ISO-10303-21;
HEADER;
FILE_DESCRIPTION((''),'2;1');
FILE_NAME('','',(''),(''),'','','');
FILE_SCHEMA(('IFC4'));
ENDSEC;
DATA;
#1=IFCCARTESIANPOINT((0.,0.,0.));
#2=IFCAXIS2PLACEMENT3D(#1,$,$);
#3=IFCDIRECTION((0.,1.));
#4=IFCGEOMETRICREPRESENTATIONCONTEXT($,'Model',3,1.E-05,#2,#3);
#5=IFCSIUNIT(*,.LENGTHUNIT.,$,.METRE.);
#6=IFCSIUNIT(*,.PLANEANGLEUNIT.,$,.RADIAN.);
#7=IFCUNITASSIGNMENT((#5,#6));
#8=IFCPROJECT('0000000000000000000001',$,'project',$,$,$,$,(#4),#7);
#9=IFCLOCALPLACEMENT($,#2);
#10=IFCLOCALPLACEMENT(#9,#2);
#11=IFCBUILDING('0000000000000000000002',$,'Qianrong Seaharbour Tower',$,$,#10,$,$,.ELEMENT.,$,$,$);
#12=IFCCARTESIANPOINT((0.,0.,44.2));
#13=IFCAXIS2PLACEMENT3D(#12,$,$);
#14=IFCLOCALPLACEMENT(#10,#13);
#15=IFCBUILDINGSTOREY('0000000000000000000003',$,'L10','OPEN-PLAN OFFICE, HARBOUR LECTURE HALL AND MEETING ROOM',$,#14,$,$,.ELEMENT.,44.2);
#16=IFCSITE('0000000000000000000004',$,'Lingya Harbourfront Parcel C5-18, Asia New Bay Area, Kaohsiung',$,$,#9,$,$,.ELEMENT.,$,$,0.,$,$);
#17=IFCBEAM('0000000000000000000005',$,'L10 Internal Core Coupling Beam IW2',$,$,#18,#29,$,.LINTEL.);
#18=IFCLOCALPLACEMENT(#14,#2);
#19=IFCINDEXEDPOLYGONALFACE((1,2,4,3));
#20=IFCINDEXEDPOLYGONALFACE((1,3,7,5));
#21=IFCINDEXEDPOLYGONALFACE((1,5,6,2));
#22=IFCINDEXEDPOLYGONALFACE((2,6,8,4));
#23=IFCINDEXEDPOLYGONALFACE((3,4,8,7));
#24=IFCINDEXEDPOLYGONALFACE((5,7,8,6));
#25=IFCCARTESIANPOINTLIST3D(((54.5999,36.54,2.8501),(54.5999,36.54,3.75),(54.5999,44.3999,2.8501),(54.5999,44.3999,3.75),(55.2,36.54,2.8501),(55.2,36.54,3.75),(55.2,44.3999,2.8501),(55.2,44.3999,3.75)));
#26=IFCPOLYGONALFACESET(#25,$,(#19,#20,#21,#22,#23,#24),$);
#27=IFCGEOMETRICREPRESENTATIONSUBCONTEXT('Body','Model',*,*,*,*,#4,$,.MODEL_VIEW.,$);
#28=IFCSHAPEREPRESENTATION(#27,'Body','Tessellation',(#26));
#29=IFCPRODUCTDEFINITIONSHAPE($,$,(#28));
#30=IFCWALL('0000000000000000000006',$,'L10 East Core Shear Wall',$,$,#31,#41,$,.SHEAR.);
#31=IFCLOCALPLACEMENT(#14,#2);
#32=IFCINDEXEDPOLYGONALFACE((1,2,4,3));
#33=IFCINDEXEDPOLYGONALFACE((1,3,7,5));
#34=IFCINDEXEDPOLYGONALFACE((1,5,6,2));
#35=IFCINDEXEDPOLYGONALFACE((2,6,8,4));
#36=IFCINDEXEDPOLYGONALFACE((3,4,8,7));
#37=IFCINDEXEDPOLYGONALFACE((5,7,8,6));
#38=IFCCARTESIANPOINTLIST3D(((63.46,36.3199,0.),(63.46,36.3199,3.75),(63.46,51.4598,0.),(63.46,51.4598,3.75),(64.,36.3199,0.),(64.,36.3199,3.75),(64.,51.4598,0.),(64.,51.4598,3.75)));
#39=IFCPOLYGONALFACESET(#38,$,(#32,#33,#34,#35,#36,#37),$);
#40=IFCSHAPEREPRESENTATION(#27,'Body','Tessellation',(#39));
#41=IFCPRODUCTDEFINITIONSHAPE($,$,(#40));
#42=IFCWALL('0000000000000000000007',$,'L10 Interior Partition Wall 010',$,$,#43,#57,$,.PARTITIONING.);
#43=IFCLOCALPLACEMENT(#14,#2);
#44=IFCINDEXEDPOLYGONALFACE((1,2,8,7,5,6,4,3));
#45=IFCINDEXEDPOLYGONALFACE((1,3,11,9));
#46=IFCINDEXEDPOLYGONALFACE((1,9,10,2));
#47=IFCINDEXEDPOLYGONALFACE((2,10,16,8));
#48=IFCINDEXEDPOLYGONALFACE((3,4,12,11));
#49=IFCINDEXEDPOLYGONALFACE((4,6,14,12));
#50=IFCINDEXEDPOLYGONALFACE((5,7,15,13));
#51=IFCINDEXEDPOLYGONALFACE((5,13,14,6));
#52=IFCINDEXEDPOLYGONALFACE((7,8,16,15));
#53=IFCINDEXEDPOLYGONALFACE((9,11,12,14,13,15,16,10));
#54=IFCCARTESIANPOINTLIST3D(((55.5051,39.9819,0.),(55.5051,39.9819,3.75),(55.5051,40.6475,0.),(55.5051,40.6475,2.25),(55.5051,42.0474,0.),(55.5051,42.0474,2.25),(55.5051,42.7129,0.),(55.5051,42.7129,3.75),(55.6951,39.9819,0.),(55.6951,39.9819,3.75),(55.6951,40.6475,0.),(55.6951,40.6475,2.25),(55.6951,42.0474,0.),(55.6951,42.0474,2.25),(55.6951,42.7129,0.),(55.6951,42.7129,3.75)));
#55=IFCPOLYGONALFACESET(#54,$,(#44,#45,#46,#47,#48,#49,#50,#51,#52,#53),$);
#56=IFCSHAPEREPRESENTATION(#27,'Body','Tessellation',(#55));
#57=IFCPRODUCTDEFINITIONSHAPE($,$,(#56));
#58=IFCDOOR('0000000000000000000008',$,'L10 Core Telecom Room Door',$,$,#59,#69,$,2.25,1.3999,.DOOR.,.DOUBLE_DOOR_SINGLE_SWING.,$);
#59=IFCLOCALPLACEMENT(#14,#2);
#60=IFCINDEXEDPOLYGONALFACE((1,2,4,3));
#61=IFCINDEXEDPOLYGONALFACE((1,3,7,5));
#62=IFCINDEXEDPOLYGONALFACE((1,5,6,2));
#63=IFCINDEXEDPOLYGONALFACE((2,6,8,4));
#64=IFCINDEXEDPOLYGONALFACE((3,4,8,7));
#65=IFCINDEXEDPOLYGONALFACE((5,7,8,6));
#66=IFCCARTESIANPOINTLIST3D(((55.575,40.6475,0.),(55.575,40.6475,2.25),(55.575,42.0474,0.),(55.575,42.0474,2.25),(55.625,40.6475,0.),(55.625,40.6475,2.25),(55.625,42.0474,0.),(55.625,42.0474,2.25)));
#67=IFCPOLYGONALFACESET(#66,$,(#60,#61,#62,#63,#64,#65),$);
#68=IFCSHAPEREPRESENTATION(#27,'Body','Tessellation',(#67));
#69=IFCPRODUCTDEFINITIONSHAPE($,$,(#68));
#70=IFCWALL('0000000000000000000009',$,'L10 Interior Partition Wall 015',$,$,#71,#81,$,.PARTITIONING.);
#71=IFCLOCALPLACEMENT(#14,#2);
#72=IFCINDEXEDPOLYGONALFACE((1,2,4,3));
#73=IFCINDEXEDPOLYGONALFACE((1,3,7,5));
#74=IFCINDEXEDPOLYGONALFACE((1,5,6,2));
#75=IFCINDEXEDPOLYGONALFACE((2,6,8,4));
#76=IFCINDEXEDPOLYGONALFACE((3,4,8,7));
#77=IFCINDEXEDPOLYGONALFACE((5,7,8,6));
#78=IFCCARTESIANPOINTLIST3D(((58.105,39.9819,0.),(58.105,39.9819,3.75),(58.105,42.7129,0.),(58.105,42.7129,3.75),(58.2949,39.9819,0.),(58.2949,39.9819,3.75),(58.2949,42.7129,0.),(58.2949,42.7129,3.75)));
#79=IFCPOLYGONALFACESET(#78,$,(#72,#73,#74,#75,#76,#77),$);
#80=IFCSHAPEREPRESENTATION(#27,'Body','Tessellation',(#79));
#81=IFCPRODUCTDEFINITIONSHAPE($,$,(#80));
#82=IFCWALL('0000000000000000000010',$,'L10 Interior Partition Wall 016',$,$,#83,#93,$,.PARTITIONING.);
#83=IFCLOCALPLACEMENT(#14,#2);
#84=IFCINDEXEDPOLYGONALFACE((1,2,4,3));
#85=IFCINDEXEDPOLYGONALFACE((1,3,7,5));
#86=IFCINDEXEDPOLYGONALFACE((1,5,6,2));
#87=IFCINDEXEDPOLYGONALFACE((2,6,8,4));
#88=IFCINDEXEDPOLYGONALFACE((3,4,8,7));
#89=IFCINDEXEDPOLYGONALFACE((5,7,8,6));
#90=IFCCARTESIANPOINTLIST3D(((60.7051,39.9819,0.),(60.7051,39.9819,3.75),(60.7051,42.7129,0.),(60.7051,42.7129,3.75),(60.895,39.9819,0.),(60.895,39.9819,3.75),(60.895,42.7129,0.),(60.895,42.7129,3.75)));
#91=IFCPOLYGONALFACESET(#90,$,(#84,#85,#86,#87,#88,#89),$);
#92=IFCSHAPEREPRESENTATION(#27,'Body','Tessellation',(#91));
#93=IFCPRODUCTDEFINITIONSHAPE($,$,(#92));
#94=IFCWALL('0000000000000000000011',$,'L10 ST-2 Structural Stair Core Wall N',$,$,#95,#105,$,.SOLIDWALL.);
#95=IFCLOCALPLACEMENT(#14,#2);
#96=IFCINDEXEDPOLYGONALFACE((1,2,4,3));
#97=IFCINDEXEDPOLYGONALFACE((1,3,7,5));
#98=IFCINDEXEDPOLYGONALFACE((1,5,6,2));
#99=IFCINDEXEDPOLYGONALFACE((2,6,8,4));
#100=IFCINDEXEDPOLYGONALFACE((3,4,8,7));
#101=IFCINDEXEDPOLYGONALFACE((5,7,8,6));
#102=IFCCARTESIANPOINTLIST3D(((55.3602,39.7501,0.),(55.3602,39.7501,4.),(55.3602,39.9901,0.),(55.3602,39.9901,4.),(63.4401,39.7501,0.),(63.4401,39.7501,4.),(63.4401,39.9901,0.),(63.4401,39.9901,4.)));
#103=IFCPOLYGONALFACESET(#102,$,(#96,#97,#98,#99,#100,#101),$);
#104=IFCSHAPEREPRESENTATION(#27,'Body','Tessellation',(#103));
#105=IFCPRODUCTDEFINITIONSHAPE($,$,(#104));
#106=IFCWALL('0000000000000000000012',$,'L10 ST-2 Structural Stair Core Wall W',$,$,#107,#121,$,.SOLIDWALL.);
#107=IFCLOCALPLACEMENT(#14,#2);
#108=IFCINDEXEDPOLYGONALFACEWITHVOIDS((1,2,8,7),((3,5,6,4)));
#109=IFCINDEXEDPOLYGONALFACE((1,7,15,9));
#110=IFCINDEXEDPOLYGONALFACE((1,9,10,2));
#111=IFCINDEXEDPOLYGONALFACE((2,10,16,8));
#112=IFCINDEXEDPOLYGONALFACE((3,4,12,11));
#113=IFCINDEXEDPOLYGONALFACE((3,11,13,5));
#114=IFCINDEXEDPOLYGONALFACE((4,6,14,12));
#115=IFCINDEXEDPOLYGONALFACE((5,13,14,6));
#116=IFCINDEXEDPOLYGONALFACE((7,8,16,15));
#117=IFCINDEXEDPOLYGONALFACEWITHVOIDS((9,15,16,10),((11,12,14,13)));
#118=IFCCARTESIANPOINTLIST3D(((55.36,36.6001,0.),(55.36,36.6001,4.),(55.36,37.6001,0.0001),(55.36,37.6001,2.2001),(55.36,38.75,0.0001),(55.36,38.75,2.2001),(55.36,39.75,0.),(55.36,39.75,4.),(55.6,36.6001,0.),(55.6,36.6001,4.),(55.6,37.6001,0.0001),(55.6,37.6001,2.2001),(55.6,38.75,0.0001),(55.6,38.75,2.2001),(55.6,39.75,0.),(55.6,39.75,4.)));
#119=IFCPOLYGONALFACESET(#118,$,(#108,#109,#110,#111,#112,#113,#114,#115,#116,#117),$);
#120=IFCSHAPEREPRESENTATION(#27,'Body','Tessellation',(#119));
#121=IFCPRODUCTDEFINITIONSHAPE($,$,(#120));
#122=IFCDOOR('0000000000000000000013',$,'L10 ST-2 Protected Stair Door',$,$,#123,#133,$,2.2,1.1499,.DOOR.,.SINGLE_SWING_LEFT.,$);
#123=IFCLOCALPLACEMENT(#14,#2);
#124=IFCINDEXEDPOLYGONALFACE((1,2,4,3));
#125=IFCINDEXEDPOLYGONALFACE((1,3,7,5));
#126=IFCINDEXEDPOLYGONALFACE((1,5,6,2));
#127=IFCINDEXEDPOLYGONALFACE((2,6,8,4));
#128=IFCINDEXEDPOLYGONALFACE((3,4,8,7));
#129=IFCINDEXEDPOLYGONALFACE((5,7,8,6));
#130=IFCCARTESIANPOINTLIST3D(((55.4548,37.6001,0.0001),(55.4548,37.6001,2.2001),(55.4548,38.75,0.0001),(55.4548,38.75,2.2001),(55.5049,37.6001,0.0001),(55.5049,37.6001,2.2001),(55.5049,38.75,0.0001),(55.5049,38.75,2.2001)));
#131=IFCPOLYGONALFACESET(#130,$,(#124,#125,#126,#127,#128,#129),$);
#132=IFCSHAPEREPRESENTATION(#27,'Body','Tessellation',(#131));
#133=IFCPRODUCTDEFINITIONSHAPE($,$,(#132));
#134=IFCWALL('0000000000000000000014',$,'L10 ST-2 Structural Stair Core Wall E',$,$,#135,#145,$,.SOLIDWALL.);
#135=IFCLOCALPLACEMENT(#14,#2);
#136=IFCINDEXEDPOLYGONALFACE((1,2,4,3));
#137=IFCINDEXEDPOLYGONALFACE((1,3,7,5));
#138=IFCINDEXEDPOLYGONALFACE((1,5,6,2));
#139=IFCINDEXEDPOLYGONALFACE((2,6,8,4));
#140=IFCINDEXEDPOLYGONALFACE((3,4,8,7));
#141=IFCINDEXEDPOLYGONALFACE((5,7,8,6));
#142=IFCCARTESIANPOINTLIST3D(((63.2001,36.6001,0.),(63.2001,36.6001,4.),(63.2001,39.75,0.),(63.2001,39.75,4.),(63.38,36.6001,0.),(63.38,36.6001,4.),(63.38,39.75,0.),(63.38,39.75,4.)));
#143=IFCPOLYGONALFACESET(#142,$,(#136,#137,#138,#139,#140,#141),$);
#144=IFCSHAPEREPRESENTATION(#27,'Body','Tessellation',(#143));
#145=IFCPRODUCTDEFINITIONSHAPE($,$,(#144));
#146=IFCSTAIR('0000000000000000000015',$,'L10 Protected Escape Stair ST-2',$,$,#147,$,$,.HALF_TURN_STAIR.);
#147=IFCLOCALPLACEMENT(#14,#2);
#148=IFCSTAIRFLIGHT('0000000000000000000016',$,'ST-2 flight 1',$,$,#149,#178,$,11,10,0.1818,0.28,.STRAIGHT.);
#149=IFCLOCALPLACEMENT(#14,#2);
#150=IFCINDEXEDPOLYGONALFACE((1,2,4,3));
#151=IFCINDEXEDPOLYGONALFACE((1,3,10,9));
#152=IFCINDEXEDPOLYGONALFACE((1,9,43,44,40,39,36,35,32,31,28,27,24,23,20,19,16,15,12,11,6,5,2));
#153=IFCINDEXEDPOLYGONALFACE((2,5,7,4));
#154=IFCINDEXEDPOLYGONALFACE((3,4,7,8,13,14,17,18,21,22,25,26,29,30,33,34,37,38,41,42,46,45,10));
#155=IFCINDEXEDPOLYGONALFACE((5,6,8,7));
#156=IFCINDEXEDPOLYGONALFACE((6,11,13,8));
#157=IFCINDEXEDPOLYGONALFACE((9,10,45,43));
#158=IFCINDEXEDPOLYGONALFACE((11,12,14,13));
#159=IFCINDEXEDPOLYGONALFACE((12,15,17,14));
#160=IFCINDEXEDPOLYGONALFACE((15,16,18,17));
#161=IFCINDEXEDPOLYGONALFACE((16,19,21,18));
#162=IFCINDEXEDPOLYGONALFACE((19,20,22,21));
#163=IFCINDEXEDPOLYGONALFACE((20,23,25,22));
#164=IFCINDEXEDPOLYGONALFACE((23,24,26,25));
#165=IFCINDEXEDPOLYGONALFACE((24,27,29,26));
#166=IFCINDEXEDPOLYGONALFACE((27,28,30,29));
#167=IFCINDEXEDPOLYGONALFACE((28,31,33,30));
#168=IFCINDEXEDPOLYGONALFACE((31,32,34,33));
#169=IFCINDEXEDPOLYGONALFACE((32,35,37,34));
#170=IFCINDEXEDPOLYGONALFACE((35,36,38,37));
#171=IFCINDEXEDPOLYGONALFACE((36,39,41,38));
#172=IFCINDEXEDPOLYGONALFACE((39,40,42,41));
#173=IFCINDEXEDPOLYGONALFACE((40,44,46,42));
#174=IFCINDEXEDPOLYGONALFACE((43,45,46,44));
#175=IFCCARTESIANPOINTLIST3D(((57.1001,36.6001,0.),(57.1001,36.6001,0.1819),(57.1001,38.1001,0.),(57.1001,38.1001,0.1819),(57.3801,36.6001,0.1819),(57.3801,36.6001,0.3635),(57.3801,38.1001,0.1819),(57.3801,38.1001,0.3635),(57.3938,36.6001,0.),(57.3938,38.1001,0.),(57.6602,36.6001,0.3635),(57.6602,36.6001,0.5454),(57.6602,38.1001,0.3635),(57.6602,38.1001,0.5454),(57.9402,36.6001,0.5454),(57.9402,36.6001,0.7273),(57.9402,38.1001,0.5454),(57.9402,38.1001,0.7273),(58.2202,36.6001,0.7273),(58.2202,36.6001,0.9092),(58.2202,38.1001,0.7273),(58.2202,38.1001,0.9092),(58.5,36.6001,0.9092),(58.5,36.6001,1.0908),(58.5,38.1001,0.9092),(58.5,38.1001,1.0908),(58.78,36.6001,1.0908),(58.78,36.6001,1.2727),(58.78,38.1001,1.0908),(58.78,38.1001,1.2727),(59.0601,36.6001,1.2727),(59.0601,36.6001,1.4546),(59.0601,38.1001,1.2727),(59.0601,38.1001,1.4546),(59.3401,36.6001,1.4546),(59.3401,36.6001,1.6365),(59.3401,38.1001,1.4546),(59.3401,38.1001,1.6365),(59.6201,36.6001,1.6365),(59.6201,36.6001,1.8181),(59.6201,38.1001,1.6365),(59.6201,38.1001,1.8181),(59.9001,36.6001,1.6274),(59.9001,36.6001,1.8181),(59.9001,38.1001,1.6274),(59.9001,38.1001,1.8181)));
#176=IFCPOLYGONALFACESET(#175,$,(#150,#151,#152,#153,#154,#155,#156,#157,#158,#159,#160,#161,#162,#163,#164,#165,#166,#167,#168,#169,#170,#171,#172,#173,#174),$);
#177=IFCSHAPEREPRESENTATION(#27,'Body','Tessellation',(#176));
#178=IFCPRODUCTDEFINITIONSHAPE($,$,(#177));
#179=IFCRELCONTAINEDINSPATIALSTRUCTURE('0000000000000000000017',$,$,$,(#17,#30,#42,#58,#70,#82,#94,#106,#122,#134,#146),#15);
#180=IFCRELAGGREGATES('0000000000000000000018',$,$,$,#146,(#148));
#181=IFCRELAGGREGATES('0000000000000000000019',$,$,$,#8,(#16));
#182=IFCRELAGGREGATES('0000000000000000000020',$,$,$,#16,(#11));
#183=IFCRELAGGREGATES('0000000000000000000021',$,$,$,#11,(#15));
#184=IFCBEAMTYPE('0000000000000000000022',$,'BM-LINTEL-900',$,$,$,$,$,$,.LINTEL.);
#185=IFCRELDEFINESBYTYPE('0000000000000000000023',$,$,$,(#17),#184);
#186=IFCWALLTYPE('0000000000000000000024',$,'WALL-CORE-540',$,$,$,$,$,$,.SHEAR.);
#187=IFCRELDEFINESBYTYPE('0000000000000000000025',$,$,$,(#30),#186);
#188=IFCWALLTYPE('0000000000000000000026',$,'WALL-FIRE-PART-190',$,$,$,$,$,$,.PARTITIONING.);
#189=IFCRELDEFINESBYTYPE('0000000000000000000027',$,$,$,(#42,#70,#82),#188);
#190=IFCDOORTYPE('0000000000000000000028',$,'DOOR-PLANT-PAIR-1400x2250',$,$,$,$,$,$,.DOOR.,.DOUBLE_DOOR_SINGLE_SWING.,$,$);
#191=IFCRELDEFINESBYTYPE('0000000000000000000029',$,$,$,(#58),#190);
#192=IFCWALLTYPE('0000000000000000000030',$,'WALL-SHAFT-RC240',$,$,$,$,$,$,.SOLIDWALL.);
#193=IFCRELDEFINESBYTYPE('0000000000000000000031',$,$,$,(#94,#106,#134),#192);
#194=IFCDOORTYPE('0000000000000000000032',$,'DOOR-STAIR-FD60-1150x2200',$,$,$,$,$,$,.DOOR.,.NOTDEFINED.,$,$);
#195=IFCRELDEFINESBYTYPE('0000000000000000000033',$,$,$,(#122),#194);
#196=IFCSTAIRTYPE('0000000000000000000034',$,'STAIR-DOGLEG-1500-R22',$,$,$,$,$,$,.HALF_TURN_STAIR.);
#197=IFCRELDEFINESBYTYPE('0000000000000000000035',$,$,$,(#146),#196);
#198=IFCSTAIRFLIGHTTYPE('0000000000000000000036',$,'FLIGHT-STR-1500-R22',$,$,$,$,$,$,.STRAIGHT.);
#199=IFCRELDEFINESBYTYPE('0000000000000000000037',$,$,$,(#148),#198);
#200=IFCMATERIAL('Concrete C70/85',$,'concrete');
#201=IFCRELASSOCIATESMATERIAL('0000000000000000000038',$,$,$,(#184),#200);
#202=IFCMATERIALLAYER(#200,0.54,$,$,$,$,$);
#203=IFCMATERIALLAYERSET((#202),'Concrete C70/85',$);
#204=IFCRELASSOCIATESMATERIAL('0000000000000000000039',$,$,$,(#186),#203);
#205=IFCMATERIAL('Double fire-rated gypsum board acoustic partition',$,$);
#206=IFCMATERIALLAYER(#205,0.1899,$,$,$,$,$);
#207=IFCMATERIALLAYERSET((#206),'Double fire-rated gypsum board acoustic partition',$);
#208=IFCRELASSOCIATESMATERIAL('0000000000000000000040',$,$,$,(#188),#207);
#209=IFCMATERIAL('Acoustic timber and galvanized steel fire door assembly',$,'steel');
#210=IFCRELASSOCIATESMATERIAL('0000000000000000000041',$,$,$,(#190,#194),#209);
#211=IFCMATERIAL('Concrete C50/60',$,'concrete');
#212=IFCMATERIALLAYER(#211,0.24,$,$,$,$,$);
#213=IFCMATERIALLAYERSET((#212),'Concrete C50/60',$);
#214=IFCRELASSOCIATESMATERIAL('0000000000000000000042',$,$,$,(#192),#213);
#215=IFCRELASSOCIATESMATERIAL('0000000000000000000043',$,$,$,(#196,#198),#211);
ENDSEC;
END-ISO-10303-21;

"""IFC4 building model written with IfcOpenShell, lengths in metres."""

from ifc_helpers import new_model, si_unit, direction, frame, frame_2d, origin, origin_2d, place, context, subcontext, project, spatial, polyline, rectangle, outline, extrude, material, layer, layer_set, material_profile, profile_set, type_object, element, fill, aggregate, save


model = new_model("IFC4")

# Units and contexts
model_context = context("Model", 3, precision=1e-05, world=origin(), true_north=direction((0.0, 1.0)))
body_context = subcontext(model_context, "Body", "Model", "MODEL_VIEW")
ifc_project = project(units=[si_unit("LENGTHUNIT", "METRE"), si_unit("PLANEANGLEUNIT", "RADIAN")], contexts=[model_context])

# Site, building, storey
site_placement = place(None, origin())
site = spatial("IfcSite", under=ifc_project, at=site_placement, Name="Lingya Harbourfront Parcel C5-18, Asia New Bay Area, Kaohsiung", CompositionType="ELEMENT", RefElevation=0.0)
building_placement = place(site_placement, origin())
building = spatial("IfcBuilding", under=site, at=building_placement, Name="Qianrong Seaharbour Tower", CompositionType="ELEMENT")
storey_placement = place(building_placement, frame((0.0, 0.0, 44.2)))
storey = spatial("IfcBuildingStorey", under=building, at=storey_placement, Name="L10", Description="OPEN-PLAN OFFICE, HARBOUR LECTURE HALL AND MEETING ROOM", CompositionType="ELEMENT", Elevation=44.2)

# Beam
ifc_material_1 = material(Name="Concrete C70/85", Category="concrete")
ifc_material_profile = material_profile(ifc_material_1, rectangle(XDim=0.6001, YDim=0.8999, at=origin_2d()), Name="RC600x900")
ifc_profile_set = profile_set([ifc_material_profile], Name="Concrete C70/85")
beam_type = type_object("IfcBeamType", Name="BM-LINTEL-900", PredefinedType="LINTEL", material=ifc_profile_set)
beam_placement = place(storey_placement, frame((54.8999, 36.54, 3.3), z_axis=(0.0, 1.0, 0.0), x_axis=(-1.0, 0.0, 0.0)))
element("IfcBeam", 1, at=beam_placement, inside=storey, type_object=beam_type, Name="L10 Internal Core Coupling Beam IW2", PredefinedType="LINTEL", context=body_context, shape_type="SweptSolid", body=[
    extrude(rectangle(XDim=0.6001, YDim=0.8999, at=origin_2d()), origin(), (0.0, 0.0, 1.0), 7.8599),
])

# Wall
ifc_layer_1 = layer(ifc_material_1, 0.54)
ifc_layer_set_1 = layer_set([ifc_layer_1], Name="Concrete C70/85")
wall_type_1 = type_object("IfcWallType", Name="WALL-CORE-540", PredefinedType="SHEAR", material=ifc_layer_set_1)
wall_1_placement = place(storey_placement, frame((63.73, 36.3201, 0.0), z_axis=(0.0, 0.0, 1.0), x_axis=(0.0, 1.0, 0.0)))
element("IfcWall", 2, at=wall_1_placement, inside=storey, type_object=wall_type_1, Name="L10 East Core Shear Wall", PredefinedType="SHEAR", context=body_context, shape_type="SweptSolid", body=[
    extrude(rectangle(XDim=15.1399, YDim=0.54, at=frame_2d((7.5698, 0.0))), origin(), (0.0, 0.0, 1.0), 3.75),
])

# Wall, opening, door
ifc_material_2 = material(Name="Double fire-rated gypsum board acoustic partition")
ifc_layer_2 = layer(ifc_material_2, 0.1899)
ifc_layer_set_2 = layer_set([ifc_layer_2], Name="Double fire-rated gypsum board acoustic partition")
wall_type_2 = type_object("IfcWallType", Name="WALL-FIRE-PART-190", PredefinedType="PARTITIONING", material=ifc_layer_set_2)
wall_2_placement = place(storey_placement, frame((55.6001, 42.7129, 0.0), z_axis=(0.0, 0.0, 1.0), x_axis=(0.0, -1.0, 0.0)))
wall_2 = element("IfcWall", 3, at=wall_2_placement, inside=storey, type_object=wall_type_2, Name="L10 Interior Partition Wall 010", PredefinedType="PARTITIONING", context=body_context, shape_type="SweptSolid", body=[
    extrude(rectangle(XDim=2.731, YDim=0.1899, at=frame_2d((1.3655, 0.0))), origin(), (0.0, 0.0, 1.0), 3.75),
])
opening_1_placement = place(wall_2_placement, frame((0.6655, 0.0, 0.0)))
opening_1 = element("IfcOpeningElement", 4, at=opening_1_placement, cuts=wall_2, PredefinedType="OPENING", context=body_context, shape_type="SweptSolid", body=[
    extrude(rectangle(XDim=1.3999, YDim=2.25, at=frame_2d((0.7, 1.125))), frame((0.0, 0.105, 0.0), z_axis=(0.0, -1.0, 0.0), x_axis=(1.0, 0.0, 0.0)), (0.0, 0.0, 1.0), 0.21),
])
ifc_material_3 = material(Name="Acoustic timber and galvanized steel fire door assembly", Category="steel")
door_type_1 = type_object("IfcDoorType", Name="DOOR-PLANT-PAIR-1400x2250", OperationType="DOUBLE_DOOR_SINGLE_SWING", PredefinedType="DOOR", material=ifc_material_3)
door_1_placement = place(opening_1_placement, origin())
door_1 = element("IfcDoor", 5, at=door_1_placement, inside=storey, type_object=door_type_1, Name="L10 Core Telecom Room Door", OperationType="DOUBLE_DOOR_SINGLE_SWING", OverallHeight=2.25, OverallWidth=1.3999, PredefinedType="DOOR", context=body_context, shape_type="SweptSolid", body=[
    extrude(rectangle(XDim=1.3999, YDim=2.25, at=frame_2d((0.7, 1.125))), frame((0.0, 0.0249, 0.0), z_axis=(0.0, -1.0, 0.0), x_axis=(1.0, 0.0, 0.0)), (0.0, 0.0, 1.0), 0.05),
])
fill(opening_1, door_1)

# Walls
for number, where, z_axis, x_axis, name in (
    (6, (58.2, 42.7129, 0.0), (0.0, 0.0, 1.0), (0.0, -1.0, 0.0), "L10 Interior Partition Wall 015"),
    (7, (60.8, 42.7129, 0.0), (0.0, 0.0, 1.0), (0.0, -1.0, 0.0), "L10 Interior Partition Wall 016"),
):
    element("IfcWall", number, at=place(storey_placement, frame(where, z_axis=z_axis, x_axis=x_axis)), inside=storey, type_object=wall_type_2, Name=name, PredefinedType="PARTITIONING", context=body_context, shape_type="SweptSolid", body=[
        extrude(rectangle(XDim=2.731, YDim=0.1899, at=frame_2d((1.3655, 0.0))), origin(), (0.0, 0.0, 1.0), 3.75),
    ])
ifc_material_4 = material(Name="Concrete C50/60", Category="concrete")
ifc_layer_3 = layer(ifc_material_4, 0.24)
ifc_layer_set_3 = layer_set([ifc_layer_3], Name="Concrete C50/60")
wall_type_3 = type_object("IfcWallType", Name="WALL-SHAFT-RC240", PredefinedType="SOLIDWALL", material=ifc_layer_set_3)
wall_3_placement = place(storey_placement, frame((55.3601, 39.8701, 0.0), z_axis=(0.0, 0.0, 1.0), x_axis=(1.0, 0.0, 0.0)))
element("IfcWall", 8, at=wall_3_placement, inside=storey, type_object=wall_type_3, Name="L10 ST-2 Structural Stair Core Wall N", PredefinedType="SOLIDWALL", context=body_context, shape_type="SweptSolid", body=[
    extrude(rectangle(XDim=8.0798, YDim=0.24, at=frame_2d((4.04, 0.0))), origin(), (0.0, 0.0, 1.0), 4.0),
])

# Wall, opening, door
wall_4_placement = place(storey_placement, frame((55.48, 39.75, 0.0), z_axis=(0.0, 0.0, 1.0), x_axis=(0.0, -1.0, 0.0)))
wall_4 = element("IfcWall", 9, at=wall_4_placement, inside=storey, type_object=wall_type_3, Name="L10 ST-2 Structural Stair Core Wall W", PredefinedType="SOLIDWALL", context=body_context, shape_type="SweptSolid", body=[
    extrude(rectangle(XDim=3.1499, YDim=0.24, at=frame_2d((1.575, 0.0))), origin(), (0.0, 0.0, 1.0), 4.0),
])
opening_2_placement = place(wall_4_placement, frame((1.0, 0.0, 0.0)))
opening_2 = element("IfcOpeningElement", 10, at=opening_2_placement, cuts=wall_4, PredefinedType="OPENING", context=body_context, shape_type="SweptSolid", body=[
    extrude(rectangle(XDim=1.1499, YDim=2.2, at=frame_2d((0.575, 1.1001))), frame((0.0, 0.1299, 0.0), z_axis=(0.0, -1.0, 0.0), x_axis=(1.0, 0.0, 0.0)), (0.0, 0.0, 1.0), 0.26),
])
door_type_2 = type_object("IfcDoorType", Name="DOOR-STAIR-FD60-1150x2200", OperationType="NOTDEFINED", PredefinedType="DOOR", material=ifc_material_3)
door_2_placement = place(opening_2_placement, origin())
door_2 = element("IfcDoor", 11, at=door_2_placement, inside=storey, type_object=door_type_2, Name="L10 ST-2 Protected Stair Door", OperationType="SINGLE_SWING_LEFT", OverallHeight=2.2, OverallWidth=1.1499, PredefinedType="DOOR", context=body_context, shape_type="SweptSolid", body=[
    extrude(rectangle(XDim=1.1499, YDim=2.2, at=frame_2d((0.575, 1.1001))), frame((0.0, 0.0249, 0.0), z_axis=(0.0, -1.0, 0.0), x_axis=(1.0, 0.0, 0.0)), (0.0, 0.0, 1.0), 0.05),
])
fill(opening_2, door_2)

# Wall
wall_5_placement = place(storey_placement, frame((63.29, 36.6001, 0.0), z_axis=(0.0, 0.0, 1.0), x_axis=(0.0, 1.0, 0.0)))
element("IfcWall", 12, at=wall_5_placement, inside=storey, type_object=wall_type_3, Name="L10 ST-2 Structural Stair Core Wall E", PredefinedType="SOLIDWALL", context=body_context, shape_type="SweptSolid", body=[
    extrude(rectangle(XDim=3.1499, YDim=0.1799, at=frame_2d((1.575, 0.0))), origin(), (0.0, 0.0, 1.0), 4.0),
])

# Stair, stair flight
stair_type = type_object("IfcStairType", Name="STAIR-DOGLEG-1500-R22", PredefinedType="HALF_TURN_STAIR", material=ifc_material_4)
stair_placement = place(storey_placement, origin())
stair = element("IfcStair", 13, at=stair_placement, inside=storey, type_object=stair_type, Name="L10 Protected Escape Stair ST-2", PredefinedType="HALF_TURN_STAIR")
stair_flight_type = type_object("IfcStairFlightType", Name="FLIGHT-STR-1500-R22", PredefinedType="STRAIGHT", material=ifc_material_4)
stair_flight_1_placement = place(storey_placement, frame((57.1001, 37.3501, 0.0), z_axis=(0.0, 0.0, 1.0), x_axis=(1.0, 0.0, 0.0)))
stair_flight_1 = element("IfcStairFlight", 14, at=stair_flight_1_placement, type_object=stair_flight_type, Name="ST-2 flight 1", NumberOfRisers=11, NumberOfTreads=10, PredefinedType="STRAIGHT", RiserHeight=0.1818, TreadLength=0.28, context=body_context, shape_type="SweptSolid", body=[
    extrude(outline(polyline([(0.0, 0.0), (0.0, 0.1819), (0.28, 0.1819), (0.28, 0.3635), (0.5601, 0.3635), (0.5601, 0.5454), (0.8401, 0.5454), (0.8401, 0.7273), (1.1201, 0.7273), (1.1201, 0.9092), (1.3999, 0.9092), (1.3999, 1.0908), (1.6799, 1.0908), (1.6799, 1.2727), (1.96, 1.2727), (1.96, 1.4546), (2.24, 1.4546), (2.24, 1.6365), (2.52, 1.6365), (2.52, 1.8181), (2.8, 1.8181), (2.8, 2.0), (2.8, 1.6274), (0.2937, 0.0), (0.0, 0.0)])), frame((0.0, 0.75, 0.0), z_axis=(0.0, -1.0, 0.0), x_axis=(1.0, 0.0, 0.0)), (0.0, 0.0, 1.0), 1.5),
])
aggregate(stair, [stair_flight_1])

save(model, "model.ifc")
